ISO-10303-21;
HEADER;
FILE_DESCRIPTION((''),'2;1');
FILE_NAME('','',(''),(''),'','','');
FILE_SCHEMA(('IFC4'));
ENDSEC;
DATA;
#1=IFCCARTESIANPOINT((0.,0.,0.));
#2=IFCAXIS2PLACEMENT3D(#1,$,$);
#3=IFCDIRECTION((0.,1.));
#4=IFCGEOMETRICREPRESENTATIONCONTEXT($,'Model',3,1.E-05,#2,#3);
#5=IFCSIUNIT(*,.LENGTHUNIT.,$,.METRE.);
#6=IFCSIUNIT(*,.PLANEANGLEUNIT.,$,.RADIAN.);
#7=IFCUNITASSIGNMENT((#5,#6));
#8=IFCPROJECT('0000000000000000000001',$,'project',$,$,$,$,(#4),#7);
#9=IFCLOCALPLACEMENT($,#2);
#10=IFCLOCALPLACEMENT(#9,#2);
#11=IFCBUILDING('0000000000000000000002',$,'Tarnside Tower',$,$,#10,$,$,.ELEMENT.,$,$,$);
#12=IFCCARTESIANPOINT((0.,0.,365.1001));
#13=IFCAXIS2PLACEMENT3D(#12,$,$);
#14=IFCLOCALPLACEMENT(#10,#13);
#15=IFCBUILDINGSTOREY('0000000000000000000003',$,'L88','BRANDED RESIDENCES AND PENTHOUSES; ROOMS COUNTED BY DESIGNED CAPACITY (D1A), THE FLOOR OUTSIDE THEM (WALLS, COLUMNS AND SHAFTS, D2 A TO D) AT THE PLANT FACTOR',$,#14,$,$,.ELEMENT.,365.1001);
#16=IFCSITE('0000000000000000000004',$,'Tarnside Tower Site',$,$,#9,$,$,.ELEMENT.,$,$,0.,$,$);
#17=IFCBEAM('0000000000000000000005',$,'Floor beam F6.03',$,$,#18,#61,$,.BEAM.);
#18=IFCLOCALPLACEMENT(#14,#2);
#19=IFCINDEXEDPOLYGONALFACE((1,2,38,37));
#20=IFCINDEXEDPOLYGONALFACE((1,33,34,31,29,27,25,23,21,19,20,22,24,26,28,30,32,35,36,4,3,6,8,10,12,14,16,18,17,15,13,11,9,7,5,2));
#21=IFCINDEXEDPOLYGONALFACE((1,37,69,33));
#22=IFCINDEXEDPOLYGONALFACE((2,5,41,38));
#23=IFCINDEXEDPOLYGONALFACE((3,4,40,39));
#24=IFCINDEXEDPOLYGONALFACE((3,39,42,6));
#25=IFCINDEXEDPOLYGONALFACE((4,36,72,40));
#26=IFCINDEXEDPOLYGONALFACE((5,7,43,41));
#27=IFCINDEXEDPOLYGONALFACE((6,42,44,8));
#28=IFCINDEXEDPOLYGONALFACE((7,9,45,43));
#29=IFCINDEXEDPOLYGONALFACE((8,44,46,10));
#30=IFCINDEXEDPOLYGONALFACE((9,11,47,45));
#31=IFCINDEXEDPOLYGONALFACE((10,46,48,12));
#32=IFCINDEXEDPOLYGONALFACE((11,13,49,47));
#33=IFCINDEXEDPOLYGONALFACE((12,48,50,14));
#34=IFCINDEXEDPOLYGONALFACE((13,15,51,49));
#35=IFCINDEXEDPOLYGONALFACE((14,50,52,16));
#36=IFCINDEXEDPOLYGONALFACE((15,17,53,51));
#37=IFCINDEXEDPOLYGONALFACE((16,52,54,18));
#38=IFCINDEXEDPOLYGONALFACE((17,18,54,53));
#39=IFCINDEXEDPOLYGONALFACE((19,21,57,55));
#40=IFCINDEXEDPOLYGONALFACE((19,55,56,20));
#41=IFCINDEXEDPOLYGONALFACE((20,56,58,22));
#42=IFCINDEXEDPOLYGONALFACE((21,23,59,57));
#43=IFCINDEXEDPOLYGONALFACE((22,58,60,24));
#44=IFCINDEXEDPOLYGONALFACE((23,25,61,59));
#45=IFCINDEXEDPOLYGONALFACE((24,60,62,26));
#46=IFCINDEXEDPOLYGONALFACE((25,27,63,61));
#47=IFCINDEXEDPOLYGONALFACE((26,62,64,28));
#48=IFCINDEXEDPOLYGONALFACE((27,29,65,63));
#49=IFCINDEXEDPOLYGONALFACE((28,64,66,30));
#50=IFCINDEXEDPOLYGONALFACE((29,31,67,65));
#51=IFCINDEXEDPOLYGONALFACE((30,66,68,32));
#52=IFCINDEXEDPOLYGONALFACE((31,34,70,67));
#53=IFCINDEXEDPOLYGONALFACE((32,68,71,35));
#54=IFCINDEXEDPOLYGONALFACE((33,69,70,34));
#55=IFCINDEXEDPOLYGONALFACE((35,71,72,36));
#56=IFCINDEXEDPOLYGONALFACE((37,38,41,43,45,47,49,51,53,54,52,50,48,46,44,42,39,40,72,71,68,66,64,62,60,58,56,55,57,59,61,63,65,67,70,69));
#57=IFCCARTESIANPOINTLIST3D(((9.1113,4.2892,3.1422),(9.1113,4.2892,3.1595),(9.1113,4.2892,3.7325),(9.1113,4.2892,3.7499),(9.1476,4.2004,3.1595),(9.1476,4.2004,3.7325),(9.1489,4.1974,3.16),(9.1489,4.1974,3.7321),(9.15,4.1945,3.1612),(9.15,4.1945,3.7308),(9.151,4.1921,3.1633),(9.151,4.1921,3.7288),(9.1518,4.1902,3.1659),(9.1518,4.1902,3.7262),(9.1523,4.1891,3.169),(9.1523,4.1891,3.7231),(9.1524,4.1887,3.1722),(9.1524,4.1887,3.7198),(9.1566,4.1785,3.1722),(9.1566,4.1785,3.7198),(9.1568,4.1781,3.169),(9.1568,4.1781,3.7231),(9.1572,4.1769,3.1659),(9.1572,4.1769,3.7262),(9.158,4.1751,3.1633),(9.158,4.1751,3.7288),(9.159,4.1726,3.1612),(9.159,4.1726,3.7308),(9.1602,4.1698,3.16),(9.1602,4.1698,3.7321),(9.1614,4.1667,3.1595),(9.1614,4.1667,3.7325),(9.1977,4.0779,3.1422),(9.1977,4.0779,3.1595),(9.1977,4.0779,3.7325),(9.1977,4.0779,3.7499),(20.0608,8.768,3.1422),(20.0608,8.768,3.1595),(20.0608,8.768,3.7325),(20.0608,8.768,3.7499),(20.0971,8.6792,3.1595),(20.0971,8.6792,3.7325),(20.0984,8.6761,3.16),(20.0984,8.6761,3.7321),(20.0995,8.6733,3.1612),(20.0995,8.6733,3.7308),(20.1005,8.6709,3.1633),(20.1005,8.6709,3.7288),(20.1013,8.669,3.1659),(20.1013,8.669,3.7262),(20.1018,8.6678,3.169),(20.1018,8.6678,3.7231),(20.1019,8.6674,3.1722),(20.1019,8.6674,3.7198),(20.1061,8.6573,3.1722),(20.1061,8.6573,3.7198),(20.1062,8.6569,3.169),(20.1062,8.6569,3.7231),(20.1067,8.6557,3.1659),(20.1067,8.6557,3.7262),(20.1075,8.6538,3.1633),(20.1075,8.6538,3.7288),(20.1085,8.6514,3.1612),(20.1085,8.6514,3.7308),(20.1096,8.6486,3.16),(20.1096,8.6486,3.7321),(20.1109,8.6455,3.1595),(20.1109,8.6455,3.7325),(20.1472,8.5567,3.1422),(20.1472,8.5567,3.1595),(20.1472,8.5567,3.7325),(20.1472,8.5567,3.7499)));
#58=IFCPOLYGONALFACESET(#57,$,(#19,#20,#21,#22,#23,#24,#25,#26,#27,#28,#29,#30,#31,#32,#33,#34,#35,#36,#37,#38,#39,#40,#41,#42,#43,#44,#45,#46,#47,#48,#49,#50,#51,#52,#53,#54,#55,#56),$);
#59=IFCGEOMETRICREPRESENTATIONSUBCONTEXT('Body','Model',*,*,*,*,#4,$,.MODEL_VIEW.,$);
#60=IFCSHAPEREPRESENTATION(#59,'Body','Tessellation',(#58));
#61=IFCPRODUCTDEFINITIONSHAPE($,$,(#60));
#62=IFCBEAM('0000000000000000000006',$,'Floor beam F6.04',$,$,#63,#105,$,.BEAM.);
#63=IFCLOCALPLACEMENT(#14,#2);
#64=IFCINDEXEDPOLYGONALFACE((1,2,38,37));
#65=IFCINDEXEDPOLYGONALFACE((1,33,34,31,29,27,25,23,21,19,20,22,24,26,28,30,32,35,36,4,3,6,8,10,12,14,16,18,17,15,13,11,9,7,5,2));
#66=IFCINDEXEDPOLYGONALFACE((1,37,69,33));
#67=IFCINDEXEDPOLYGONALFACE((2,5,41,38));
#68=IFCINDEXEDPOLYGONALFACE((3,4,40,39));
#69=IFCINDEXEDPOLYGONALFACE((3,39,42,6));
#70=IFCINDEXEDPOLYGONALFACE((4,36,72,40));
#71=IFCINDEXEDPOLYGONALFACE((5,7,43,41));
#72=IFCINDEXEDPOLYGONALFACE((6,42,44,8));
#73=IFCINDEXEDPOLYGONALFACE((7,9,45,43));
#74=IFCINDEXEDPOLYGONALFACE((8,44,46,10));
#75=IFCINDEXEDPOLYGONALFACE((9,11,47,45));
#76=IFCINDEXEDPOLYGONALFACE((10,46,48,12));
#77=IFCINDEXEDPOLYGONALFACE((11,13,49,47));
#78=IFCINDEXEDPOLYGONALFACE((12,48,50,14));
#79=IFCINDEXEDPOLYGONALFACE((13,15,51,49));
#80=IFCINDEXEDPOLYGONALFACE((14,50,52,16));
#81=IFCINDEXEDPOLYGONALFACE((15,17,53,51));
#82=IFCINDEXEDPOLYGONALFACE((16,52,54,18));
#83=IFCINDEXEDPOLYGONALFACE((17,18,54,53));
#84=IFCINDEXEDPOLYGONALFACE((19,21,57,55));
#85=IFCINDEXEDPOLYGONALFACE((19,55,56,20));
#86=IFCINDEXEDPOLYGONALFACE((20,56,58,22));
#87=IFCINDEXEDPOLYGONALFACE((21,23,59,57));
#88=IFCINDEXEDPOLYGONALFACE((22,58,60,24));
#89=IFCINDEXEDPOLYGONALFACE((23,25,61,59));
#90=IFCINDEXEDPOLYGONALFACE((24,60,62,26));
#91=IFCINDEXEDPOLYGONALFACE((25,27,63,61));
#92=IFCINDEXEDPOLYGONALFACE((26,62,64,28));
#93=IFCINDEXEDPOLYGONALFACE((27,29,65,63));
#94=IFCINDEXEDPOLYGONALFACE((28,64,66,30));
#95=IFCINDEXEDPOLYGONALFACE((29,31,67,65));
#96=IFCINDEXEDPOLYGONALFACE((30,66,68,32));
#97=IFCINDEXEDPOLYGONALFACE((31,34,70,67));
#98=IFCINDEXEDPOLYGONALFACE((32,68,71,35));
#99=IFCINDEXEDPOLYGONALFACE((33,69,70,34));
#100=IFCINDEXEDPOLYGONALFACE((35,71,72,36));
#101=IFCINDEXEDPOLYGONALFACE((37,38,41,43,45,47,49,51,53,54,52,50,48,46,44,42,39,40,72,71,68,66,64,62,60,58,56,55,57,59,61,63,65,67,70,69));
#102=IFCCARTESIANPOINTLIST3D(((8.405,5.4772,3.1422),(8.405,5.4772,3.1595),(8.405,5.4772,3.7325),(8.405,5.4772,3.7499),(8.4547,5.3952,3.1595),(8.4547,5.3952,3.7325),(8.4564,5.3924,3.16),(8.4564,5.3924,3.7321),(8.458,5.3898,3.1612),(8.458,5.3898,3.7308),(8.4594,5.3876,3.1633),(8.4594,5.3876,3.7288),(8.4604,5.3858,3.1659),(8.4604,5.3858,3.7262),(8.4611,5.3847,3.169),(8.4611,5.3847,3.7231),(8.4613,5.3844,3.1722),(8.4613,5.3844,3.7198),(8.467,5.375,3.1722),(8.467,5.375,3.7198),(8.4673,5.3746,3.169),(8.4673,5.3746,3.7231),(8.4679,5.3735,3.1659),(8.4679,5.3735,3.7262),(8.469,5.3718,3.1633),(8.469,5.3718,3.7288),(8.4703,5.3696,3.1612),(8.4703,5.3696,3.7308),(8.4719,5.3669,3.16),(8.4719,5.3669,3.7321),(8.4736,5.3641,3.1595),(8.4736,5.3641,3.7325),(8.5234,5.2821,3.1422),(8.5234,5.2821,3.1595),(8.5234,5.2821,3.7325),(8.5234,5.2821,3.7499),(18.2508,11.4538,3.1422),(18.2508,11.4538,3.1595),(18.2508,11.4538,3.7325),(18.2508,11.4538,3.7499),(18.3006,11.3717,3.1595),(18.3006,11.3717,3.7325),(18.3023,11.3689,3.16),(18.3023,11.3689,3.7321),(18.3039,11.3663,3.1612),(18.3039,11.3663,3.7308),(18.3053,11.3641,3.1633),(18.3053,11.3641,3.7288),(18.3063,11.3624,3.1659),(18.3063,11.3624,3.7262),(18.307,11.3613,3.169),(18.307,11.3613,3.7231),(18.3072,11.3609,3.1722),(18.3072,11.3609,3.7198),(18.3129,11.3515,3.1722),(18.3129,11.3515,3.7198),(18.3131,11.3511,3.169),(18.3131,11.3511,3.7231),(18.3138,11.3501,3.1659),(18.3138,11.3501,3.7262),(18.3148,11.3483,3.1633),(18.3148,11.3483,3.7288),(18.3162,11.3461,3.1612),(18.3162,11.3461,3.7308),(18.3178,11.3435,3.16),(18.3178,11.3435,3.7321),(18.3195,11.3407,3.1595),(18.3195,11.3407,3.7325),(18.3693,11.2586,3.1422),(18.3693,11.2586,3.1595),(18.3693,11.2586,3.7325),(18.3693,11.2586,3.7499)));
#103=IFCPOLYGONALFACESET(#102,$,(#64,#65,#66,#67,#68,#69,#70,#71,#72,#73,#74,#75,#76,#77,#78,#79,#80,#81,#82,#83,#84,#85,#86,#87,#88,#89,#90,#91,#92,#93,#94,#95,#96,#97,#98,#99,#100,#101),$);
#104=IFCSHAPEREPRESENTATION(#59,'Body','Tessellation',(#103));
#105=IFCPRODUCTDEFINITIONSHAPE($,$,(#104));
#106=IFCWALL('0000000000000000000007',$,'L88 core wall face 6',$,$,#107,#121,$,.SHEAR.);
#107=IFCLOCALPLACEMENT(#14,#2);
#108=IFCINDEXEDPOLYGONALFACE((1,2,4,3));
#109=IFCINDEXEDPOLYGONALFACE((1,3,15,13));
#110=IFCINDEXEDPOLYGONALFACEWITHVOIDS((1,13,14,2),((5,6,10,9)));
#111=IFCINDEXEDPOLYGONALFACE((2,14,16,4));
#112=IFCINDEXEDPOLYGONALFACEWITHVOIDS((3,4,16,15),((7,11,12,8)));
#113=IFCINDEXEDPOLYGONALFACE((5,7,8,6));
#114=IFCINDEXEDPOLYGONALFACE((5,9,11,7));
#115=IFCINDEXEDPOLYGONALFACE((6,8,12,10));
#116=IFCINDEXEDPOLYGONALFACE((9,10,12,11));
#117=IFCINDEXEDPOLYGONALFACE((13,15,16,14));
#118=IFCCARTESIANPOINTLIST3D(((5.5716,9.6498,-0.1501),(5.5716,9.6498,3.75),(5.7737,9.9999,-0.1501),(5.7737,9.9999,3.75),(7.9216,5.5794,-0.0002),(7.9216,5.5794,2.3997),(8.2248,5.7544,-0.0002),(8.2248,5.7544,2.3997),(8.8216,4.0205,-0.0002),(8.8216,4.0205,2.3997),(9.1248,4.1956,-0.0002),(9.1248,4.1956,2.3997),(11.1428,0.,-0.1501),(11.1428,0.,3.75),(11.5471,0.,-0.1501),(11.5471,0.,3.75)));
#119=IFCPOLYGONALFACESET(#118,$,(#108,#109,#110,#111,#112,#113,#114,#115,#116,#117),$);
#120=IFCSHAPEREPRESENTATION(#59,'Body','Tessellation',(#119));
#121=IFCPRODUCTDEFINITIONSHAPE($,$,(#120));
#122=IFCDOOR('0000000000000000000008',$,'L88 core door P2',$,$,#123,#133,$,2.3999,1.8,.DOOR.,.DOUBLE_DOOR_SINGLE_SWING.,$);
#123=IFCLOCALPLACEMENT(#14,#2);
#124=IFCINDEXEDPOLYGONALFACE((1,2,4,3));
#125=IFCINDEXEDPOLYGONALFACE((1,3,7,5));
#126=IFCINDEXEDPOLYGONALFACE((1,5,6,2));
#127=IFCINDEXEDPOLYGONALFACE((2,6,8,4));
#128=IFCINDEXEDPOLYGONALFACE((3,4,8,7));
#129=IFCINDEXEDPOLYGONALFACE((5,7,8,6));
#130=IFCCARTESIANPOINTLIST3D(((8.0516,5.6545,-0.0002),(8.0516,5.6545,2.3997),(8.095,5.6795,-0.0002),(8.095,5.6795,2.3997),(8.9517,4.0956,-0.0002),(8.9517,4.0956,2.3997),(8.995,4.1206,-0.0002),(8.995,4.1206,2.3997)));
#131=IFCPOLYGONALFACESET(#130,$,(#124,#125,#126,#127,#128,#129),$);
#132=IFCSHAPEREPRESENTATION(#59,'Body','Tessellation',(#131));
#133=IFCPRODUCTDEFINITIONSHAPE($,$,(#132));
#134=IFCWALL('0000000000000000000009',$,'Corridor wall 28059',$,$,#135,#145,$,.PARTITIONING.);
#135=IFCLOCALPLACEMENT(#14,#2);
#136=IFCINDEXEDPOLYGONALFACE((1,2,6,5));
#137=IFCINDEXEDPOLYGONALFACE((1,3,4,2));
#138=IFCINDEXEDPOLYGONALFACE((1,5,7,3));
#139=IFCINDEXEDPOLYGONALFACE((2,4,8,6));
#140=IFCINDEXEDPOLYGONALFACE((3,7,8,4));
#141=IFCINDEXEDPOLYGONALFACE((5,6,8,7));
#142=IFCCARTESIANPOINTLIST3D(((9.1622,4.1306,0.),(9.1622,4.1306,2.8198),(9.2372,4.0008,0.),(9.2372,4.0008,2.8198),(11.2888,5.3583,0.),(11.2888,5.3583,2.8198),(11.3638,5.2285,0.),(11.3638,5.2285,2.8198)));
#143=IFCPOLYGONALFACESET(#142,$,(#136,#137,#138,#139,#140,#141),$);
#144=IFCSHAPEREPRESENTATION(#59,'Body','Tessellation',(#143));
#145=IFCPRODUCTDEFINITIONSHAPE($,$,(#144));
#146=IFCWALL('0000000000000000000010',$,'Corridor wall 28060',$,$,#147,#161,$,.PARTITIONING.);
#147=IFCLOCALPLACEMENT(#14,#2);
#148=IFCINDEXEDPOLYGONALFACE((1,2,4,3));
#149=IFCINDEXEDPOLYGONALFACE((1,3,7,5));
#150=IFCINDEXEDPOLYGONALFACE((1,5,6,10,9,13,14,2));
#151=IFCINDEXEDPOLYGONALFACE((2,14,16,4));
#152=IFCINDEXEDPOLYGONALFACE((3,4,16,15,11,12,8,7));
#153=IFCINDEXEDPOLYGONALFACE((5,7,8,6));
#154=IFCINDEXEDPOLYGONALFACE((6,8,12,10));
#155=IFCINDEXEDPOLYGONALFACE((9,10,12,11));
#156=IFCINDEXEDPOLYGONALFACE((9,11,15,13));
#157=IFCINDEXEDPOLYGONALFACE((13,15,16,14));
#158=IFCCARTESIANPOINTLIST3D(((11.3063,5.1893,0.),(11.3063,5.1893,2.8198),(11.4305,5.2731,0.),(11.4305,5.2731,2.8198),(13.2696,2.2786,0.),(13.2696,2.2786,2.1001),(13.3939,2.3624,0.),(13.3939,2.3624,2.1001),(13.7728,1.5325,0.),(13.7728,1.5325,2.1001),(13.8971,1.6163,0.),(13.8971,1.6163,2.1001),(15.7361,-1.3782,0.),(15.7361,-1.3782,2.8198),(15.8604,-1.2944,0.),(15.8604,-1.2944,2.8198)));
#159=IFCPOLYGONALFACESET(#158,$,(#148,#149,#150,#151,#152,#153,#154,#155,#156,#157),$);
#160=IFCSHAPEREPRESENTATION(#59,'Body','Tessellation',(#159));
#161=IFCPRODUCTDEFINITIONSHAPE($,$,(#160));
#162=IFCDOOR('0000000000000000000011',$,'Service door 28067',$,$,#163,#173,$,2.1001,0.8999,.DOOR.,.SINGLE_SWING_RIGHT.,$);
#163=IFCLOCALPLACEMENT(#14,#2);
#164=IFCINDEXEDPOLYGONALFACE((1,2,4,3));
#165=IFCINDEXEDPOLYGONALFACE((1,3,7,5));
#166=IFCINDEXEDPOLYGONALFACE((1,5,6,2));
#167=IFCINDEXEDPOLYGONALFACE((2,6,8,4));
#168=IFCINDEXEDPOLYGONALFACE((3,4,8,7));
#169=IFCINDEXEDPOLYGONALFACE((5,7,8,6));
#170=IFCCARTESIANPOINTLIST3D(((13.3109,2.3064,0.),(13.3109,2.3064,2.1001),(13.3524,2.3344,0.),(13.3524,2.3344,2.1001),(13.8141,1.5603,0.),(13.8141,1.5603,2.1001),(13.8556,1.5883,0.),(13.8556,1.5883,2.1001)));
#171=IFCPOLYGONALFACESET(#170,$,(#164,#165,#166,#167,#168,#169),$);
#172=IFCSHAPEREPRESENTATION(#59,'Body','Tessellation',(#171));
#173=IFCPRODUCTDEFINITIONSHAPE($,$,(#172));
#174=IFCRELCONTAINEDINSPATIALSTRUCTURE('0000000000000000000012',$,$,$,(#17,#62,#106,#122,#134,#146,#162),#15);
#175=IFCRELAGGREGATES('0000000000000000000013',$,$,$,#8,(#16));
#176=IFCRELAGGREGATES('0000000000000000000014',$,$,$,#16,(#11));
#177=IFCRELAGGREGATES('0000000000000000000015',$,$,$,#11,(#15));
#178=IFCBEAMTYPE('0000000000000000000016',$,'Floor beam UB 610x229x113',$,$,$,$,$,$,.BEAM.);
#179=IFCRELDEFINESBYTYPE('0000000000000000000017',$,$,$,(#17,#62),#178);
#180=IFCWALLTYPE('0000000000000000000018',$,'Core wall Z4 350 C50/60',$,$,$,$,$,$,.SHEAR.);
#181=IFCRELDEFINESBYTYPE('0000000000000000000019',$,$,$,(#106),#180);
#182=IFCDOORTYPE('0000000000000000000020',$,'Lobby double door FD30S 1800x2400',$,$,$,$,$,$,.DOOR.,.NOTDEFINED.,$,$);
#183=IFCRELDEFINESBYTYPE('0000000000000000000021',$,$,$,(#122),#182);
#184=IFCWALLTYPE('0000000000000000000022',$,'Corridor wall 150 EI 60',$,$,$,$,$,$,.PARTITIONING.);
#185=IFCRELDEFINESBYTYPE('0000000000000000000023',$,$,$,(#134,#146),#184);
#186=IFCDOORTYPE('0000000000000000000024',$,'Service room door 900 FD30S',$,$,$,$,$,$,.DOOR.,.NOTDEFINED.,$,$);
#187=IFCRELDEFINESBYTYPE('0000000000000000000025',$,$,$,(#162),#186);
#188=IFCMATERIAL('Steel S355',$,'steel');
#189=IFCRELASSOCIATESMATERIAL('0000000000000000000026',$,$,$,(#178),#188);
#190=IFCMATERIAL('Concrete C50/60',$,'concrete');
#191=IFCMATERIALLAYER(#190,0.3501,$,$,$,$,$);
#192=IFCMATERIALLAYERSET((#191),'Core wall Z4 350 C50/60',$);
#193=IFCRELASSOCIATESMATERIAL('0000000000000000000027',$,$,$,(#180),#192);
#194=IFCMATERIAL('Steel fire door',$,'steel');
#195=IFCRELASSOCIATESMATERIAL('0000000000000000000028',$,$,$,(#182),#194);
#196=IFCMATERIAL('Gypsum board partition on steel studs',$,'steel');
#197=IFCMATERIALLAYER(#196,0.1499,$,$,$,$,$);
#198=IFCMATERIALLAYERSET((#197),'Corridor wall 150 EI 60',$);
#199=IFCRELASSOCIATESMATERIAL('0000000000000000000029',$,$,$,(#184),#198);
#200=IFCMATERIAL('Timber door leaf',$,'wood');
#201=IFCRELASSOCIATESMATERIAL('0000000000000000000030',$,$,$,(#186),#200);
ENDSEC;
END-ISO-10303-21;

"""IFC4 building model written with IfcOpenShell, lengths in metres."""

from ifc_helpers import new_model, si_unit, direction, frame, frame_2d, origin, origin_2d, place, context, subcontext, project, spatial, polyline, rectangle, i_section, outline, extrude, material, layer, layer_set, material_profile, profile_set, type_object, element, fill, save


model = new_model("IFC4")

# Units and contexts
model_context = context("Model", 3, precision=1e-05, world=origin(), true_north=direction((0.0, 1.0)))
body_context = subcontext(model_context, "Body", "Model", "MODEL_VIEW")
ifc_project = project(units=[si_unit("LENGTHUNIT", "METRE"), si_unit("PLANEANGLEUNIT", "RADIAN")], contexts=[model_context])

# Site, building, storey
site_placement = place(None, origin())
site = spatial("IfcSite", under=ifc_project, at=site_placement, Name="Tarnside Tower Site", CompositionType="ELEMENT", RefElevation=0.0)
building_placement = place(site_placement, origin())
building = spatial("IfcBuilding", under=site, at=building_placement, Name="Tarnside Tower", CompositionType="ELEMENT")
storey_placement = place(building_placement, frame((0.0, 0.0, 365.1001)))
storey = spatial("IfcBuildingStorey", under=building, at=storey_placement, Name="L88", Description="BRANDED RESIDENCES AND PENTHOUSES; ROOMS COUNTED BY DESIGNED CAPACITY (D1A), THE FLOOR OUTSIDE THEM (WALLS, COLUMNS AND SHAFTS, D2 A TO D) AT THE PLANT FACTOR", CompositionType="ELEMENT", Elevation=365.1001)

# Beams
ifc_material_1 = material(Name="Steel S355", Category="steel")
ifc_material_profile = material_profile(ifc_material_1, i_section(OverallWidth=0.2283, OverallDepth=0.6077, WebThickness=0.011, FlangeThickness=0.0173, FilletRadius=0.0127, at=origin_2d()), Name="UB 610x229x113")
ifc_profile_set = profile_set([ifc_material_profile], Name="Steel S355")
beam_type = type_object("IfcBeamType", Name="Floor beam UB 610x229x113", PredefinedType="BEAM", material=ifc_profile_set)
beam_1_placement = place(storey_placement, frame((20.104, 8.6624, 3.446), z_axis=(-0.925564, -0.378592, 0.0), x_axis=(0.378592, -0.925564, 0.0)))
element("IfcBeam", 1, at=beam_1_placement, inside=storey, type_object=beam_type, Name="Floor beam F6.03", PredefinedType="BEAM", context=body_context, shape_type="SweptSolid", body=[
    extrude(i_section(OverallWidth=0.2283, OverallDepth=0.6077, WebThickness=0.011, FlangeThickness=0.0173, FilletRadius=0.0127, at=origin_2d()), origin(), (0.0, 0.0, 1.0), 11.8301),
])
beam_2_placement = place(storey_placement, frame((18.3101, 11.3562, 3.446), z_axis=(-0.854839, -0.518894, 0.0), x_axis=(0.518894, -0.854839, 0.0)))
element("IfcBeam", 2, at=beam_2_placement, inside=storey, type_object=beam_type, Name="Floor beam F6.04", PredefinedType="BEAM", context=body_context, shape_type="SweptSolid", body=[
    extrude(i_section(OverallWidth=0.2283, OverallDepth=0.6077, WebThickness=0.011, FlangeThickness=0.0173, FilletRadius=0.0127, at=origin_2d()), origin(), (0.0, 0.0, 1.0), 11.5178),
])

# Wall, opening, door
ifc_material_2 = material(Name="Concrete C50/60", Category="concrete")
ifc_layer_1 = layer(ifc_material_2, 0.3501)
ifc_layer_set_1 = layer_set([ifc_layer_1], Name="Core wall Z4 350 C50/60")
wall_type_1 = type_object("IfcWallType", Name="Core wall Z4 350 C50/60", PredefinedType="SHEAR", material=ifc_layer_set_1)
wall_1_placement = place(storey_placement, frame((11.345, 0.0, -0.1501), z_axis=(0.0, 0.0, 1.0), x_axis=(-0.499995, 0.866028, 0.0)))
wall_1 = element("IfcWall", 3, at=wall_1_placement, inside=storey, type_object=wall_type_1, Name="L88 core wall face 6", PredefinedType="SHEAR", context=body_context, shape_type="SweptSolid", body=[
    extrude(outline(polyline([(-0.1011, -0.175), (11.4458, -0.175), (11.2437, 0.175), (0.1011, 0.175), (-0.1011, -0.175)])), origin(), (0.0, 0.0, 1.0), 3.9001),
])
opening_1_placement = place(wall_1_placement, frame((4.7437, 0.0, 0.1499)))
opening_1 = element("IfcOpeningElement", 4, at=opening_1_placement, cuts=wall_1, PredefinedType="OPENING", context=body_context, shape_type="SweptSolid", body=[
    extrude(rectangle(XDim=1.8, YDim=2.3999, at=frame_2d((0.8999, 1.2))), frame((0.0, 0.1851, 0.0), z_axis=(0.0, -1.0, 0.0), x_axis=(1.0, 0.0, 0.0)), (0.0, 0.0, 1.0), 0.3701),
])
ifc_material_3 = material(Name="Steel fire door", Category="steel")
door_type_1 = type_object("IfcDoorType", Name="Lobby double door FD30S 1800x2400", OperationType="NOTDEFINED", PredefinedType="DOOR", material=ifc_material_3)
door_1_placement = place(opening_1_placement, origin())
door_1 = element("IfcDoor", 5, at=door_1_placement, inside=storey, type_object=door_type_1, Name="L88 core door P2", OperationType="DOUBLE_DOOR_SINGLE_SWING", OverallHeight=2.3999, OverallWidth=1.8, PredefinedType="DOOR", context=body_context, shape_type="SweptSolid", body=[
    extrude(rectangle(XDim=1.8, YDim=2.3999, at=frame_2d((0.8999, 1.2))), frame((0.0, 0.0249, 0.0), z_axis=(0.0, -1.0, 0.0), x_axis=(1.0, 0.0, 0.0)), (0.0, 0.0, 1.0), 0.05),
])
fill(opening_1, door_1)

# Wall
ifc_material_4 = material(Name="Gypsum board partition on steel studs", Category="steel")
ifc_layer_2 = layer(ifc_material_4, 0.1499)
ifc_layer_set_2 = layer_set([ifc_layer_2], Name="Corridor wall 150 EI 60")
wall_type_2 = type_object("IfcWallType", Name="Corridor wall 150 EI 60", PredefinedType="PARTITIONING", material=ifc_layer_set_2)
wall_2_placement = place(storey_placement, frame((9.1997, 4.0657, 0.0), z_axis=(0.0, 0.0, 1.0), x_axis=(0.866038, 0.499978, 0.0)))
element("IfcWall", 6, at=wall_2_placement, inside=storey, type_object=wall_type_2, Name="Corridor wall 28059", PredefinedType="PARTITIONING", context=body_context, shape_type="SweptSolid", body=[
    extrude(rectangle(XDim=2.4556, YDim=0.1499, at=frame_2d((1.2278, 0.0))), origin(), (0.0, 0.0, 1.0), 2.8198),
])

# Wall, opening, door
wall_3_placement = place(storey_placement, frame((11.3684, 5.2312, 0.0), z_axis=(0.0, 0.0, 1.0), x_axis=(0.559194, -0.829037, 0.0)))
wall_3 = element("IfcWall", 7, at=wall_3_placement, inside=storey, type_object=wall_type_2, Name="Corridor wall 28060", PredefinedType="PARTITIONING", context=body_context, shape_type="SweptSolid", body=[
    extrude(rectangle(XDim=7.9219, YDim=0.1499, at=frame_2d((3.9609, 0.0))), origin(), (0.0, 0.0, 1.0), 2.8198),
])
opening_2_placement = place(wall_3_placement, frame((3.511, 0.0, 0.0)))
opening_2 = element("IfcOpeningElement", 8, at=opening_2_placement, cuts=wall_3, PredefinedType="OPENING", context=body_context, shape_type="SweptSolid", body=[
    extrude(rectangle(XDim=0.8999, YDim=2.1001, at=frame_2d((0.45, 1.05))), frame((0.0, 0.085, 0.0), z_axis=(0.0, -1.0, 0.0), x_axis=(1.0, 0.0, 0.0)), (0.0, 0.0, 1.0), 0.1699),
])
ifc_material_5 = material(Name="Timber door leaf", Category="wood")
door_type_2 = type_object("IfcDoorType", Name="Service room door 900 FD30S", OperationType="NOTDEFINED", PredefinedType="DOOR", material=ifc_material_5)
door_2_placement = place(opening_2_placement, origin())
door_2 = element("IfcDoor", 9, at=door_2_placement, inside=storey, type_object=door_type_2, Name="Service door 28067", OperationType="SINGLE_SWING_RIGHT", OverallHeight=2.1001, OverallWidth=0.8999, PredefinedType="DOOR", context=body_context, shape_type="SweptSolid", body=[
    extrude(rectangle(XDim=0.8999, YDim=2.1001, at=frame_2d((0.45, 1.05))), frame((0.0, 0.0249, 0.0), z_axis=(0.0, -1.0, 0.0), x_axis=(1.0, 0.0, 0.0)), (0.0, 0.0, 1.0), 0.05),
])
fill(opening_2, door_2)

save(model, "model.ifc")
